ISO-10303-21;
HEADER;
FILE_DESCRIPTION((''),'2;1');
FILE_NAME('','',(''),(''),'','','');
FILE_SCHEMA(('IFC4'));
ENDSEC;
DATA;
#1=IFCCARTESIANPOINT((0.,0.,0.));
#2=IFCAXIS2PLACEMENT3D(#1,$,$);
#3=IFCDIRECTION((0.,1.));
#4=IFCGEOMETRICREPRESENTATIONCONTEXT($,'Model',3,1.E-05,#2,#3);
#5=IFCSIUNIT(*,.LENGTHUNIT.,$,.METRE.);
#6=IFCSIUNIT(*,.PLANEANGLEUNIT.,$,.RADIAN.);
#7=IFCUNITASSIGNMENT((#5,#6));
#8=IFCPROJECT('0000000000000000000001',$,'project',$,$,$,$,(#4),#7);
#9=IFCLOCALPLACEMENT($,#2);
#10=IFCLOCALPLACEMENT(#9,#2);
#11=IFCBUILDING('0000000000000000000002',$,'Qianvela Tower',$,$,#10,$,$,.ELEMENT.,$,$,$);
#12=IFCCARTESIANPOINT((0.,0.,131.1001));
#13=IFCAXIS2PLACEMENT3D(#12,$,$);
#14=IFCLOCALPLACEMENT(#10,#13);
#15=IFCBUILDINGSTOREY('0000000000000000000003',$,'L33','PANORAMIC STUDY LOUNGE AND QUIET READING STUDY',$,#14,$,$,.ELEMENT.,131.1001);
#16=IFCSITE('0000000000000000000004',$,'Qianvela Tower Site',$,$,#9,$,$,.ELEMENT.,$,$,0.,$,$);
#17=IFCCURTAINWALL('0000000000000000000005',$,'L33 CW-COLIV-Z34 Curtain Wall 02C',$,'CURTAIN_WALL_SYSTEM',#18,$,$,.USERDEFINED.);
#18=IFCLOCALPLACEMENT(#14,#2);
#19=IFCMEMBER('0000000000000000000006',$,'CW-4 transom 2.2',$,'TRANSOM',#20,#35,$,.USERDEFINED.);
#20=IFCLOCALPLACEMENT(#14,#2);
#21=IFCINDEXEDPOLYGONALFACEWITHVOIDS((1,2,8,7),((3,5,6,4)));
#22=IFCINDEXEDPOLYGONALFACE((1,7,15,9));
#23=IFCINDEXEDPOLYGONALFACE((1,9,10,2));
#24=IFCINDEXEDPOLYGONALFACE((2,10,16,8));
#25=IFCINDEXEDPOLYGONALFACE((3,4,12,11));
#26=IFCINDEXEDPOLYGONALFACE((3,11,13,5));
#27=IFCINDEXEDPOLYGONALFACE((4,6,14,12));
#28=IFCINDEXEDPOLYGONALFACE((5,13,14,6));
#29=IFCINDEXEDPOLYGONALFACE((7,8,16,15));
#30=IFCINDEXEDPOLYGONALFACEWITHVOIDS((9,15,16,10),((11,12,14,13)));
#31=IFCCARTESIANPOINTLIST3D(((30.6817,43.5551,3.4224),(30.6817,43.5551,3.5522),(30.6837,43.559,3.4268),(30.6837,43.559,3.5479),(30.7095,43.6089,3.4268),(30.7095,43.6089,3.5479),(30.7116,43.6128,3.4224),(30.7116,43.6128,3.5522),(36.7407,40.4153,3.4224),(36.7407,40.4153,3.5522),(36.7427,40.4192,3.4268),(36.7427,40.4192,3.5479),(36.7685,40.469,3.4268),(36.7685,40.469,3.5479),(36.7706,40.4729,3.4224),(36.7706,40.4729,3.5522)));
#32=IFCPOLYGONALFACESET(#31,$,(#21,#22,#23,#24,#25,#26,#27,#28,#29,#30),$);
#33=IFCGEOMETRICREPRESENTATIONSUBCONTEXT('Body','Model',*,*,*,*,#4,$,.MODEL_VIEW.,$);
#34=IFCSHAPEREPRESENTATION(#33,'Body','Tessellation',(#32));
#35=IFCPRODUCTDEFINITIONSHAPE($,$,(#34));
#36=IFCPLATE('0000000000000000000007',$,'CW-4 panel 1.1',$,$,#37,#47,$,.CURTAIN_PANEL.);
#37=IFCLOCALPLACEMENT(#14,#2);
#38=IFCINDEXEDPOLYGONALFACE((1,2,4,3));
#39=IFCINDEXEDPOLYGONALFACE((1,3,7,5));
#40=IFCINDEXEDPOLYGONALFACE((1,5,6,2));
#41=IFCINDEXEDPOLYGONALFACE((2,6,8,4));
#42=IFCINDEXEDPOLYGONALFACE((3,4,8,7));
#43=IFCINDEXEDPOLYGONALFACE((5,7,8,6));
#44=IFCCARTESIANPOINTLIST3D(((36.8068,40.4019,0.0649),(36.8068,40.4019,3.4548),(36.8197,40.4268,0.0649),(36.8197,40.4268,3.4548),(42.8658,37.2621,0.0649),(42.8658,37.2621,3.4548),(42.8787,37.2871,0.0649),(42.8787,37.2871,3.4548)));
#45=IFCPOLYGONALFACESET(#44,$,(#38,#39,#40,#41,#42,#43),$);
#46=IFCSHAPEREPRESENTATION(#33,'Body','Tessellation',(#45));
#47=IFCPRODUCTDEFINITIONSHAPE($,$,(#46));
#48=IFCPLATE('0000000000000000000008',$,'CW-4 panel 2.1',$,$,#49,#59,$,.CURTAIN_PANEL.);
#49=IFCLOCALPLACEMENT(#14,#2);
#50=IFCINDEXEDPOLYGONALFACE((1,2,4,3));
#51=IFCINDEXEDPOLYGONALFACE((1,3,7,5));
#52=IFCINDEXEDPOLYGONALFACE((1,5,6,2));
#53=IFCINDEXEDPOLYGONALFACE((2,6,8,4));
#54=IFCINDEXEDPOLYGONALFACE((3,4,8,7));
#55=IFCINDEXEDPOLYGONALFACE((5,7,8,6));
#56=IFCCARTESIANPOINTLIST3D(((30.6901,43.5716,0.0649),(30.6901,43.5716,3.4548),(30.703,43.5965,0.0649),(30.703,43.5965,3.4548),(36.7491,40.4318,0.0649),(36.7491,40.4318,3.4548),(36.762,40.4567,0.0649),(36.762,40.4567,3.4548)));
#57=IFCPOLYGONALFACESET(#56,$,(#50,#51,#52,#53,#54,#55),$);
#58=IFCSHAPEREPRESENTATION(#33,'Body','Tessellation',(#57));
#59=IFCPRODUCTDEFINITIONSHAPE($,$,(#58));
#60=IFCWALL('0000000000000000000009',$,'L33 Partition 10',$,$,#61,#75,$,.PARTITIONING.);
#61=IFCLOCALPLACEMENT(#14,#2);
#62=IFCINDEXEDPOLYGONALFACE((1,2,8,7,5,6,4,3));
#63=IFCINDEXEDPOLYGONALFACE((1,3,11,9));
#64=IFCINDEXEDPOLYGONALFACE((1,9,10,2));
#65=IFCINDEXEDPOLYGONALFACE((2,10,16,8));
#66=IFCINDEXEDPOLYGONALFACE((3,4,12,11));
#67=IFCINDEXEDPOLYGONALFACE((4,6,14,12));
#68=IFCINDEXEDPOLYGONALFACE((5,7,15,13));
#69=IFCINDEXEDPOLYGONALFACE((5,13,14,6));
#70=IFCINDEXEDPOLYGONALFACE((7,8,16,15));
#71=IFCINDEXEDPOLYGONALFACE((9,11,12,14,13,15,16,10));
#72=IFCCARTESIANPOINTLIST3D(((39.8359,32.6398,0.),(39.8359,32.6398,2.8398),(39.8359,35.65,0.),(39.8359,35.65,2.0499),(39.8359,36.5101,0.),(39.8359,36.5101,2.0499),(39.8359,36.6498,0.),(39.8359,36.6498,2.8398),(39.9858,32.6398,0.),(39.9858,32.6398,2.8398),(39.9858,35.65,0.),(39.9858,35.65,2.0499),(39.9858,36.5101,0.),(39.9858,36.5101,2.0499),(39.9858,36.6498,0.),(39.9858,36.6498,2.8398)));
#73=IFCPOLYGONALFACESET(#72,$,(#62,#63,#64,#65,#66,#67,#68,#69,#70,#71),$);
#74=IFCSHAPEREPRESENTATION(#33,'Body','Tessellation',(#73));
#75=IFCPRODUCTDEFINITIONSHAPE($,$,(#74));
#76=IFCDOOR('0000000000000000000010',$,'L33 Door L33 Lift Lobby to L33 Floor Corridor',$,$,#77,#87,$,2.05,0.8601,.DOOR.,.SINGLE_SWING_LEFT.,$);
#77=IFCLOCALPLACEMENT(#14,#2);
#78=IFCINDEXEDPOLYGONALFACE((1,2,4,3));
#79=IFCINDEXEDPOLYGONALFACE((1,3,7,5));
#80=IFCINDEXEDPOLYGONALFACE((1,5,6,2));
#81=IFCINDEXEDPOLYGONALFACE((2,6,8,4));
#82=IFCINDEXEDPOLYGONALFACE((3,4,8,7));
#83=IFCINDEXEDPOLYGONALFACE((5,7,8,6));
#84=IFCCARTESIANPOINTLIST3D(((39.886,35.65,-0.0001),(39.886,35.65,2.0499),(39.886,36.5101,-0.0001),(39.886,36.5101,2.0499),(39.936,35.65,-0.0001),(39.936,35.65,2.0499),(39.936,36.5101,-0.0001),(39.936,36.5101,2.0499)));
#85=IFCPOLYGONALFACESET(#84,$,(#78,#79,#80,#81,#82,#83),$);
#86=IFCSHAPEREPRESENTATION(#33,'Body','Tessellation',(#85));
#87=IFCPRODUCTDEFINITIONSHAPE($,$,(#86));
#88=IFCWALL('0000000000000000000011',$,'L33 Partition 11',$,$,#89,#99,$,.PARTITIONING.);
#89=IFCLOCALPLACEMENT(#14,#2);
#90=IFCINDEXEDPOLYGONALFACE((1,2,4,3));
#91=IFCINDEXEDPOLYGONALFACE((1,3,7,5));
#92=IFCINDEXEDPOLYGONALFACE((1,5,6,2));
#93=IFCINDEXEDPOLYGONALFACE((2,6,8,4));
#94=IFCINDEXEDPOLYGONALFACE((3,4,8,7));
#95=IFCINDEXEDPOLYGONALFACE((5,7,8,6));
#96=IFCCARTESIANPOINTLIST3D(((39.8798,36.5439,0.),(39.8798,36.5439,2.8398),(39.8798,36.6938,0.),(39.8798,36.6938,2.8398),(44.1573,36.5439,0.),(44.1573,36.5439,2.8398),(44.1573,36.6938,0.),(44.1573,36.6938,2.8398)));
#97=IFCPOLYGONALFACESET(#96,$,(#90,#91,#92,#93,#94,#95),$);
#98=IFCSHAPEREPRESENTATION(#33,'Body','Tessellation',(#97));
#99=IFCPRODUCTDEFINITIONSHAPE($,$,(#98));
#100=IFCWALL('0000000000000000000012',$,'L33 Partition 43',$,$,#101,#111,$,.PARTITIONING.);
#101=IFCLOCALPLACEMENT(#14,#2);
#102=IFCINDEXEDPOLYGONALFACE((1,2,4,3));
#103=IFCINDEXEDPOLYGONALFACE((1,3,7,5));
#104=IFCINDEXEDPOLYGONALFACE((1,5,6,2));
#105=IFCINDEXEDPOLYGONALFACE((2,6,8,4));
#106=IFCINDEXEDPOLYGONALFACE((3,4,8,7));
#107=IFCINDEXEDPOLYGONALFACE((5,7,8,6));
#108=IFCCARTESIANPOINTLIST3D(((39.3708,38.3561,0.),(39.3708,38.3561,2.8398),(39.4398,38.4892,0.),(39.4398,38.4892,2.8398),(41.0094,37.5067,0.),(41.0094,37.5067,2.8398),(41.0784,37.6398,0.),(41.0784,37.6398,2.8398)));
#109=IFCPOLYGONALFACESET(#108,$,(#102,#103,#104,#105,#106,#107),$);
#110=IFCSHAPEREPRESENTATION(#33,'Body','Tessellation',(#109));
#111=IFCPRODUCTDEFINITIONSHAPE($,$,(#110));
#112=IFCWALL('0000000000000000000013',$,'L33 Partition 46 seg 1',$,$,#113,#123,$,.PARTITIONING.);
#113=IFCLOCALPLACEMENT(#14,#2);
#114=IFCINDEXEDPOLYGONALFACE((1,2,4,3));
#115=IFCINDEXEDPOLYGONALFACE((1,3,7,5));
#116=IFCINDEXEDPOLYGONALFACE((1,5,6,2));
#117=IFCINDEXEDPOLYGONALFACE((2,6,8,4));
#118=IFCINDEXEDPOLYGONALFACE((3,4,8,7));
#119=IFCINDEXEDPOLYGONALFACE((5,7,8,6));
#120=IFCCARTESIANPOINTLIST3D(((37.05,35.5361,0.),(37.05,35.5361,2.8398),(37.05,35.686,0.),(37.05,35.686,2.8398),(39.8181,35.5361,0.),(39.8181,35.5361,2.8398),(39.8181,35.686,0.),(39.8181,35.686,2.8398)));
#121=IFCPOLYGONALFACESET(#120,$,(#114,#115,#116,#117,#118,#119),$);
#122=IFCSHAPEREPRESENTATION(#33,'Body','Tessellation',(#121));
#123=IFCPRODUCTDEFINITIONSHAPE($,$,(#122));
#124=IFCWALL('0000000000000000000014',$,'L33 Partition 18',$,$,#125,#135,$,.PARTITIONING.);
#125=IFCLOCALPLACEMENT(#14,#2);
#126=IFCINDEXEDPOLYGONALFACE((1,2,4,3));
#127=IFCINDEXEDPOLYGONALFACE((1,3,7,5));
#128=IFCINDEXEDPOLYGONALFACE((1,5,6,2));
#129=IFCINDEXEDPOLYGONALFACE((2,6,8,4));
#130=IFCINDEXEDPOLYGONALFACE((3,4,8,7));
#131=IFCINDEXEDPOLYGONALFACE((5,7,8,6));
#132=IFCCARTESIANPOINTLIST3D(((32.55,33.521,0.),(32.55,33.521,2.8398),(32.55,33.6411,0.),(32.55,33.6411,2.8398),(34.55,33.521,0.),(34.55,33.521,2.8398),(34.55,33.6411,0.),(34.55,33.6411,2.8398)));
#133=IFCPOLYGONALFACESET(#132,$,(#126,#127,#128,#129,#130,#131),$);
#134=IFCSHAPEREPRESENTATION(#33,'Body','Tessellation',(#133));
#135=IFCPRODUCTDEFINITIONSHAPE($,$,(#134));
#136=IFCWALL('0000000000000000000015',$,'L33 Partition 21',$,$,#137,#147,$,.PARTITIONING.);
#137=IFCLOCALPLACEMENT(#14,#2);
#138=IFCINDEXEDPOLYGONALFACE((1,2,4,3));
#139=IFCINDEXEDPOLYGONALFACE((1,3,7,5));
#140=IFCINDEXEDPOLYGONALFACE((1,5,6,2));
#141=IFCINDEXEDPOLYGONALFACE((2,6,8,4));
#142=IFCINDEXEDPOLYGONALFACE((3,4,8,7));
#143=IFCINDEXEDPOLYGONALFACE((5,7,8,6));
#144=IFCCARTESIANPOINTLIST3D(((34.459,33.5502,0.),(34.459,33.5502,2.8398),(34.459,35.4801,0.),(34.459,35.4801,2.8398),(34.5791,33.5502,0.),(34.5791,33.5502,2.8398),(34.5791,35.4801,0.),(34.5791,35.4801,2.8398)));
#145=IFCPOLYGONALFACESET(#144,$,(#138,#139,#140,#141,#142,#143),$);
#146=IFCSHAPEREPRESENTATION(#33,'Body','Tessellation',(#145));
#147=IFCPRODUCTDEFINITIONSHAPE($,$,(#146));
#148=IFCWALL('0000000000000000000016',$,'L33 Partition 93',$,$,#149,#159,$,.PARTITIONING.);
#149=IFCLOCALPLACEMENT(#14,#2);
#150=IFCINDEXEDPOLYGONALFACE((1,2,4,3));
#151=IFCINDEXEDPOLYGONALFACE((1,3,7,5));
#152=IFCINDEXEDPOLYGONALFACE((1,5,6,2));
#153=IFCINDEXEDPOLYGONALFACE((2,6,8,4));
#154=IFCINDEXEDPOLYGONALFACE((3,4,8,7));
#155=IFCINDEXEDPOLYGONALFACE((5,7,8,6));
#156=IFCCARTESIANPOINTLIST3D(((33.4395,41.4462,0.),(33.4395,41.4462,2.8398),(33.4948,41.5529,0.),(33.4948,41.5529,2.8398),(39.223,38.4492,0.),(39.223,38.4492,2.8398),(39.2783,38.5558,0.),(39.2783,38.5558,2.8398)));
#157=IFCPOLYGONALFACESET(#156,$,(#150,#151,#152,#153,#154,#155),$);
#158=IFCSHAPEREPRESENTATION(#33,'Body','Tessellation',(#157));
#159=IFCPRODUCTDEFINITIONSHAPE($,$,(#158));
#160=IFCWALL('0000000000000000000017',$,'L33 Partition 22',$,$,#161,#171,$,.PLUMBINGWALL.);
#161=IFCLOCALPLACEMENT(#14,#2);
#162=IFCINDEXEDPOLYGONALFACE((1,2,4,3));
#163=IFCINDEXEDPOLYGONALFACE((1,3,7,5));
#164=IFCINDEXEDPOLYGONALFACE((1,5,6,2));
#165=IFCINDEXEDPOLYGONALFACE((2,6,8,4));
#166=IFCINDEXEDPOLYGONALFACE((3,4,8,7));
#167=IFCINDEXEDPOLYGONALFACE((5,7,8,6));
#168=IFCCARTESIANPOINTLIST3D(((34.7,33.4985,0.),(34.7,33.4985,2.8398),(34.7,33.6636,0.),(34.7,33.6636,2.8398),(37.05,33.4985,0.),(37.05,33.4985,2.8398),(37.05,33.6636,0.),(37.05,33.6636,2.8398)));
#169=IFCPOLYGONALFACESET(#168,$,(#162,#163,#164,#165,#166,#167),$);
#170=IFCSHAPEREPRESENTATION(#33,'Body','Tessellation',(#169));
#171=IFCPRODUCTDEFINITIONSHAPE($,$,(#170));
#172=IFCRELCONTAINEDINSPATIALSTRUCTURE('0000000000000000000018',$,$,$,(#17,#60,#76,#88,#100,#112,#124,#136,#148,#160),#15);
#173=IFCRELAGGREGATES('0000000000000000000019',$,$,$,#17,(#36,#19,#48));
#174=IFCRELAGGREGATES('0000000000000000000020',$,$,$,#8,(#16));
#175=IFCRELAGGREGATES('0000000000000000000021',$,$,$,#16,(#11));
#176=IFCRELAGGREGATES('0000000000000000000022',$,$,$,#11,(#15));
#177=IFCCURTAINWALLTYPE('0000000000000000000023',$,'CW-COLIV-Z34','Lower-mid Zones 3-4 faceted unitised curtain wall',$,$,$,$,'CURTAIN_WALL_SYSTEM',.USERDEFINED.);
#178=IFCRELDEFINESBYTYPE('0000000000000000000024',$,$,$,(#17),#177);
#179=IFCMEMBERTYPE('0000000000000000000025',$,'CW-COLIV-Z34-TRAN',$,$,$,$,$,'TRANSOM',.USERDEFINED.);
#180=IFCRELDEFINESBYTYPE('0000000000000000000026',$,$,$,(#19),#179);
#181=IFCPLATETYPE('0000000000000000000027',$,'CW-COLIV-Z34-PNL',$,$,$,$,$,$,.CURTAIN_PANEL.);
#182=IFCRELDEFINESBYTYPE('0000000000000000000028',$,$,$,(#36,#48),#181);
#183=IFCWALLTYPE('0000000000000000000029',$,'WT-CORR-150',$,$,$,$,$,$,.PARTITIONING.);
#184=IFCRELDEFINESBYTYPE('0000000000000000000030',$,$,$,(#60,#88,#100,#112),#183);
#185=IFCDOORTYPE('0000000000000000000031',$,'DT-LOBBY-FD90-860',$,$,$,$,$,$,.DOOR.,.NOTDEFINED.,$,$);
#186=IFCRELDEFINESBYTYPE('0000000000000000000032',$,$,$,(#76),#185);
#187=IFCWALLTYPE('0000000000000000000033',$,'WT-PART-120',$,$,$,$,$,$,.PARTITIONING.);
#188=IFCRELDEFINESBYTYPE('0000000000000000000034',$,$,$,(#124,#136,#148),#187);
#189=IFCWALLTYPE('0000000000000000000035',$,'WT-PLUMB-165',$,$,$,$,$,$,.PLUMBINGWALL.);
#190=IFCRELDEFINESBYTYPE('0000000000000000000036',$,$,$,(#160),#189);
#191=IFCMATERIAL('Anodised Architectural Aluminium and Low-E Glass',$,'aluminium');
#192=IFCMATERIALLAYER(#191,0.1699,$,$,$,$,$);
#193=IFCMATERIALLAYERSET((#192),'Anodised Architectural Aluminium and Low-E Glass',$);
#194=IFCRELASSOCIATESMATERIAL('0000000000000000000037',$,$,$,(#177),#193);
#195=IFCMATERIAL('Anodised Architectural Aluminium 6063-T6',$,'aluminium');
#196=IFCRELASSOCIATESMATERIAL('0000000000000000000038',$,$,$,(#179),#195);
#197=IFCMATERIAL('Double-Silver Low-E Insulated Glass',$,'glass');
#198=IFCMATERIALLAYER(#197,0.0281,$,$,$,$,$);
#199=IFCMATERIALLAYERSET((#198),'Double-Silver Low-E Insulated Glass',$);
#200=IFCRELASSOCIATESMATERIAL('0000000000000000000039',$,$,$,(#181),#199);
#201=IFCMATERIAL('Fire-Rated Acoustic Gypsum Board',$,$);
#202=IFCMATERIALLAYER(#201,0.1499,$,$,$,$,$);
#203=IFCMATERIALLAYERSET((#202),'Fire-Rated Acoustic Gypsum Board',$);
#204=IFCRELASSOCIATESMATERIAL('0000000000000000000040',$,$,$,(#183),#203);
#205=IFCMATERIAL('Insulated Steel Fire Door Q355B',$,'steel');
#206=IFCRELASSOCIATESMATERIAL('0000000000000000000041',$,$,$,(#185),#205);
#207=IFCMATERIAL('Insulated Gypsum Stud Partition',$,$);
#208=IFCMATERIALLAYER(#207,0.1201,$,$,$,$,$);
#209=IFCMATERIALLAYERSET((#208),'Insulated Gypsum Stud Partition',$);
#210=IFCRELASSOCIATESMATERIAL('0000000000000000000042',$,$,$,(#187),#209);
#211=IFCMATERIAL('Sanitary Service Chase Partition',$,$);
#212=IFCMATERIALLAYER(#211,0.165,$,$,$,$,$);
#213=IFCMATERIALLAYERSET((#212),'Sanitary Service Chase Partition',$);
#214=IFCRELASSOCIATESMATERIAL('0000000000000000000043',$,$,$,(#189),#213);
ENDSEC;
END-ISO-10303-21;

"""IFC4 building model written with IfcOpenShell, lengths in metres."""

from ifc_helpers import new_model, si_unit, direction, frame, frame_2d, origin, origin_2d, place, context, subcontext, project, spatial, rectangle, hollow_rectangle, extrude, material, layer, layer_set, material_profile, profile_set, type_object, element, fill, aggregate, save


model = new_model("IFC4")

# Units and contexts
model_context = context("Model", 3, precision=1e-05, world=origin(), true_north=direction((0.0, 1.0)))
body_context = subcontext(model_context, "Body", "Model", "MODEL_VIEW")
ifc_project = project(units=[si_unit("LENGTHUNIT", "METRE"), si_unit("PLANEANGLEUNIT", "RADIAN")], contexts=[model_context])

# Site, building, storey
site_placement = place(None, origin())
site = spatial("IfcSite", under=ifc_project, at=site_placement, Name="Qianvela Tower Site", CompositionType="ELEMENT", RefElevation=0.0)
building_placement = place(site_placement, origin())
building = spatial("IfcBuilding", under=site, at=building_placement, Name="Qianvela Tower", CompositionType="ELEMENT")
storey_placement = place(building_placement, frame((0.0, 0.0, 131.1001)))
storey = spatial("IfcBuildingStorey", under=building, at=storey_placement, Name="L33", Description="PANORAMIC STUDY LOUNGE AND QUIET READING STUDY", CompositionType="ELEMENT", Elevation=131.1001)

# Curtain wall, member, plates
ifc_material_1 = material(Name="Anodised Architectural Aluminium and Low-E Glass", Category="aluminium")
ifc_layer_1 = layer(ifc_material_1, 0.1699)
ifc_layer_set_1 = layer_set([ifc_layer_1], Name="Anodised Architectural Aluminium and Low-E Glass")
curtain_wall_type = type_object("IfcCurtainWallType", Name="CW-COLIV-Z34", Description="Lower-mid Zones 3-4 faceted unitised curtain wall", ElementType="CURTAIN_WALL_SYSTEM", PredefinedType="USERDEFINED", material=ifc_layer_set_1)
curtain_wall_placement = place(storey_placement, origin())
curtain_wall = element("IfcCurtainWall", 1, at=curtain_wall_placement, inside=storey, type_object=curtain_wall_type, Name="L33 CW-COLIV-Z34 Curtain Wall 02C", ObjectType="CURTAIN_WALL_SYSTEM", PredefinedType="USERDEFINED")
ifc_material_2 = material(Name="Anodised Architectural Aluminium 6063-T6", Category="aluminium")
ifc_material_profile_1 = material_profile(ifc_material_2, hollow_rectangle(XDim=0.0649, YDim=0.1299, WallThickness=0.0044, at=origin_2d()), Name="ALU-TRAN-65x130")
ifc_profile_set_1 = profile_set([ifc_material_profile_1], Name="Anodised Architectural Aluminium 6063-T6")
member_type_1 = type_object("IfcMemberType", Name="CW-COLIV-Z34-TRAN", ElementType="TRANSOM", PredefinedType="USERDEFINED", material=ifc_profile_set_1)
member_1_placement = place(storey_placement, frame((36.7556, 40.4441, 3.4873), z_axis=(-0.887866, 0.460103, 0.0), x_axis=(-0.460103, -0.887866, 0.0)))
member_1 = element("IfcMember", 2, at=member_1_placement, type_object=member_type_1, Name="CW-4 transom 2.2", ObjectType="TRANSOM", PredefinedType="USERDEFINED", context=body_context, shape_type="SweptSolid", body=[
    extrude(hollow_rectangle(XDim=0.0649, YDim=0.1299, WallThickness=0.0044, at=origin_2d()), origin(), (0.0, 0.0, 1.0), 6.8242),
])
ifc_material_3 = material(Name="Double-Silver Low-E Insulated Glass", Category="glass")
ifc_layer_2 = layer(ifc_material_3, 0.0281)
ifc_layer_set_2 = layer_set([ifc_layer_2], Name="Double-Silver Low-E Insulated Glass")
plate_type = type_object("IfcPlateType", Name="CW-COLIV-Z34-PNL", PredefinedType="CURTAIN_PANEL", material=ifc_layer_set_2)
plate_1_placement = place(storey_placement, frame((39.8428, 38.8445, 0.0649), z_axis=(0.0, 0.0, 1.0), x_axis=(-0.88787, 0.460094, 0.0)))
plate_1 = element("IfcPlate", 3, at=plate_1_placement, type_object=plate_type, Name="CW-4 panel 1.1", PredefinedType="CURTAIN_PANEL", context=body_context, shape_type="SweptSolid", body=[
    extrude(rectangle(XDim=6.8242, YDim=0.0281, at=origin_2d()), origin(), (0.0, 0.0, 1.0), 3.3899),
])
plate_2_placement = place(storey_placement, frame((33.7261, 42.0142, 0.0649), z_axis=(0.0, 0.0, 1.0), x_axis=(-0.88787, 0.460094, 0.0)))
plate_2 = element("IfcPlate", 4, at=plate_2_placement, type_object=plate_type, Name="CW-4 panel 2.1", PredefinedType="CURTAIN_PANEL", context=body_context, shape_type="SweptSolid", body=[
    extrude(rectangle(XDim=6.8242, YDim=0.0281, at=origin_2d()), origin(), (0.0, 0.0, 1.0), 3.3899),
])
aggregate(curtain_wall, [plate_1, member_1, plate_2])

# Wall, opening, door
ifc_material_4 = material(Name="Fire-Rated Acoustic Gypsum Board")
ifc_layer_3 = layer(ifc_material_4, 0.1499)
ifc_layer_set_3 = layer_set([ifc_layer_3], Name="Fire-Rated Acoustic Gypsum Board")
wall_type_1 = type_object("IfcWallType", Name="WT-CORR-150", PredefinedType="PARTITIONING", material=ifc_layer_set_3)
wall_1_placement = place(storey_placement, frame((39.9109, 32.6399, 0.0), z_axis=(0.0, 0.0, 1.0), x_axis=(0.0, 1.0, 0.0)))
wall_1 = element("IfcWall", 5, at=wall_1_placement, inside=storey, type_object=wall_type_1, Name="L33 Partition 10", PredefinedType="PARTITIONING", context=body_context, shape_type="SweptSolid", body=[
    extrude(rectangle(XDim=4.01, YDim=0.1499, at=frame_2d((2.0049, 0.0))), origin(), (0.0, 0.0, 1.0), 2.8398),
])
opening_1_placement = place(wall_1_placement, frame((3.01, 0.0, 0.0)))
opening_1 = element("IfcOpeningElement", 6, at=opening_1_placement, cuts=wall_1, PredefinedType="OPENING", context=body_context, shape_type="SweptSolid", body=[
    extrude(rectangle(XDim=0.8601, YDim=2.05, at=frame_2d((0.4302, 1.0249))), frame((0.0, 0.085, 0.0), z_axis=(0.0, -1.0, 0.0), x_axis=(1.0, 0.0, 0.0)), (0.0, 0.0, 1.0), 0.1699),
])
ifc_material_5 = material(Name="Insulated Steel Fire Door Q355B", Category="steel")
door_type_1 = type_object("IfcDoorType", Name="DT-LOBBY-FD90-860", OperationType="NOTDEFINED", PredefinedType="DOOR", material=ifc_material_5)
door_1_placement = place(opening_1_placement, origin())
door_1 = element("IfcDoor", 7, at=door_1_placement, inside=storey, type_object=door_type_1, Name="L33 Door L33 Lift Lobby to L33 Floor Corridor", OperationType="SINGLE_SWING_LEFT", OverallHeight=2.05, OverallWidth=0.8601, PredefinedType="DOOR", context=body_context, shape_type="SweptSolid", body=[
    extrude(rectangle(XDim=0.8601, YDim=2.05, at=frame_2d((0.4302, 1.0249))), frame((0.0, 0.0249, 0.0), z_axis=(0.0, -1.0, 0.0), x_axis=(1.0, 0.0, 0.0)), (0.0, 0.0, 1.0), 0.05),
])
fill(opening_1, door_1)

# Walls
wall_2_placement = place(storey_placement, frame((39.8799, 36.6189, 0.0), z_axis=(0.0, 0.0, 1.0), x_axis=(1.0, 0.0, 0.0)))
element("IfcWall", 8, at=wall_2_placement, inside=storey, type_object=wall_type_1, Name="L33 Partition 11", PredefinedType="PARTITIONING", context=body_context, shape_type="SweptSolid", body=[
    extrude(rectangle(XDim=4.2776, YDim=0.1499, at=frame_2d((2.1387, 0.0))), origin(), (0.0, 0.0, 1.0), 2.8398),
])
wall_3_placement = place(storey_placement, frame((39.4053, 38.4226, 0.0), z_axis=(0.0, 0.0, 1.0), x_axis=(0.887825, -0.460182, 0.0)))
element("IfcWall", 9, at=wall_3_placement, inside=storey, type_object=wall_type_1, Name="L33 Partition 43", PredefinedType="PARTITIONING", context=body_context, shape_type="SweptSolid", body=[
    extrude(rectangle(XDim=1.8457, YDim=0.1499, at=frame_2d((0.9229, 0.0))), origin(), (0.0, 0.0, 1.0), 2.8398),
])
wall_4_placement = place(storey_placement, frame((39.8181, 35.6111, 0.0), z_axis=(0.0, 0.0, 1.0), x_axis=(-1.0, 0.0, 0.0)))
element("IfcWall", 10, at=wall_4_placement, inside=storey, type_object=wall_type_1, Name="L33 Partition 46 seg 1", PredefinedType="PARTITIONING", context=body_context, shape_type="SweptSolid", body=[
    extrude(rectangle(XDim=2.7681, YDim=0.1499, at=frame_2d((1.384, 0.0))), origin(), (0.0, 0.0, 1.0), 2.8398),
])
ifc_material_6 = material(Name="Insulated Gypsum Stud Partition")
ifc_layer_4 = layer(ifc_material_6, 0.1201)
ifc_layer_set_4 = layer_set([ifc_layer_4], Name="Insulated Gypsum Stud Partition")
wall_type_2 = type_object("IfcWallType", Name="WT-PART-120", PredefinedType="PARTITIONING", material=ifc_layer_set_4)
wall_5_placement = place(storey_placement, frame((34.55, 33.5811, 0.0), z_axis=(0.0, 0.0, 1.0), x_axis=(-1.0, 0.0, 0.0)))
element("IfcWall", 11, at=wall_5_placement, inside=storey, type_object=wall_type_2, Name="L33 Partition 18", PredefinedType="PARTITIONING", context=body_context, shape_type="SweptSolid", body=[
    extrude(rectangle(XDim=2.0, YDim=0.1201, at=frame_2d((1.0, 0.0))), origin(), (0.0, 0.0, 1.0), 2.8398),
])
wall_6_placement = place(storey_placement, frame((34.519, 35.48, 0.0), z_axis=(0.0, 0.0, 1.0), x_axis=(0.0, -1.0, 0.0)))
element("IfcWall", 12, at=wall_6_placement, inside=storey, type_object=wall_type_2, Name="L33 Partition 21", PredefinedType="PARTITIONING", context=body_context, shape_type="SweptSolid", body=[
    extrude(rectangle(XDim=1.9299, YDim=0.1201, at=frame_2d((0.9648, 0.0))), origin(), (0.0, 0.0, 1.0), 2.8398),
])
wall_7_placement = place(storey_placement, frame((33.4673, 41.4995, 0.0), z_axis=(0.0, 0.0, 1.0), x_axis=(0.887865, -0.460105, 0.0)))
element("IfcWall", 13, at=wall_7_placement, inside=storey, type_object=wall_type_2, Name="L33 Partition 93", PredefinedType="PARTITIONING", context=body_context, shape_type="SweptSolid", body=[
    extrude(rectangle(XDim=6.5139, YDim=0.1201, at=frame_2d((3.2568, 0.0))), origin(), (0.0, 0.0, 1.0), 2.8398),
])
ifc_material_7 = material(Name="Sanitary Service Chase Partition")
ifc_layer_5 = layer(ifc_material_7, 0.165)
ifc_layer_set_5 = layer_set([ifc_layer_5], Name="Sanitary Service Chase Partition")
wall_type_3 = type_object("IfcWallType", Name="WT-PLUMB-165", PredefinedType="PLUMBINGWALL", material=ifc_layer_set_5)
wall_8_placement = place(storey_placement, frame((37.05, 33.5811, 0.0), z_axis=(0.0, 0.0, 1.0), x_axis=(-1.0, 0.0, 0.0)))
element("IfcWall", 14, at=wall_8_placement, inside=storey, type_object=wall_type_3, Name="L33 Partition 22", PredefinedType="PLUMBINGWALL", context=body_context, shape_type="SweptSolid", body=[
    extrude(rectangle(XDim=2.3501, YDim=0.165, at=frame_2d((1.175, 0.0))), origin(), (0.0, 0.0, 1.0), 2.8398),
])

save(model, "model.ifc")
